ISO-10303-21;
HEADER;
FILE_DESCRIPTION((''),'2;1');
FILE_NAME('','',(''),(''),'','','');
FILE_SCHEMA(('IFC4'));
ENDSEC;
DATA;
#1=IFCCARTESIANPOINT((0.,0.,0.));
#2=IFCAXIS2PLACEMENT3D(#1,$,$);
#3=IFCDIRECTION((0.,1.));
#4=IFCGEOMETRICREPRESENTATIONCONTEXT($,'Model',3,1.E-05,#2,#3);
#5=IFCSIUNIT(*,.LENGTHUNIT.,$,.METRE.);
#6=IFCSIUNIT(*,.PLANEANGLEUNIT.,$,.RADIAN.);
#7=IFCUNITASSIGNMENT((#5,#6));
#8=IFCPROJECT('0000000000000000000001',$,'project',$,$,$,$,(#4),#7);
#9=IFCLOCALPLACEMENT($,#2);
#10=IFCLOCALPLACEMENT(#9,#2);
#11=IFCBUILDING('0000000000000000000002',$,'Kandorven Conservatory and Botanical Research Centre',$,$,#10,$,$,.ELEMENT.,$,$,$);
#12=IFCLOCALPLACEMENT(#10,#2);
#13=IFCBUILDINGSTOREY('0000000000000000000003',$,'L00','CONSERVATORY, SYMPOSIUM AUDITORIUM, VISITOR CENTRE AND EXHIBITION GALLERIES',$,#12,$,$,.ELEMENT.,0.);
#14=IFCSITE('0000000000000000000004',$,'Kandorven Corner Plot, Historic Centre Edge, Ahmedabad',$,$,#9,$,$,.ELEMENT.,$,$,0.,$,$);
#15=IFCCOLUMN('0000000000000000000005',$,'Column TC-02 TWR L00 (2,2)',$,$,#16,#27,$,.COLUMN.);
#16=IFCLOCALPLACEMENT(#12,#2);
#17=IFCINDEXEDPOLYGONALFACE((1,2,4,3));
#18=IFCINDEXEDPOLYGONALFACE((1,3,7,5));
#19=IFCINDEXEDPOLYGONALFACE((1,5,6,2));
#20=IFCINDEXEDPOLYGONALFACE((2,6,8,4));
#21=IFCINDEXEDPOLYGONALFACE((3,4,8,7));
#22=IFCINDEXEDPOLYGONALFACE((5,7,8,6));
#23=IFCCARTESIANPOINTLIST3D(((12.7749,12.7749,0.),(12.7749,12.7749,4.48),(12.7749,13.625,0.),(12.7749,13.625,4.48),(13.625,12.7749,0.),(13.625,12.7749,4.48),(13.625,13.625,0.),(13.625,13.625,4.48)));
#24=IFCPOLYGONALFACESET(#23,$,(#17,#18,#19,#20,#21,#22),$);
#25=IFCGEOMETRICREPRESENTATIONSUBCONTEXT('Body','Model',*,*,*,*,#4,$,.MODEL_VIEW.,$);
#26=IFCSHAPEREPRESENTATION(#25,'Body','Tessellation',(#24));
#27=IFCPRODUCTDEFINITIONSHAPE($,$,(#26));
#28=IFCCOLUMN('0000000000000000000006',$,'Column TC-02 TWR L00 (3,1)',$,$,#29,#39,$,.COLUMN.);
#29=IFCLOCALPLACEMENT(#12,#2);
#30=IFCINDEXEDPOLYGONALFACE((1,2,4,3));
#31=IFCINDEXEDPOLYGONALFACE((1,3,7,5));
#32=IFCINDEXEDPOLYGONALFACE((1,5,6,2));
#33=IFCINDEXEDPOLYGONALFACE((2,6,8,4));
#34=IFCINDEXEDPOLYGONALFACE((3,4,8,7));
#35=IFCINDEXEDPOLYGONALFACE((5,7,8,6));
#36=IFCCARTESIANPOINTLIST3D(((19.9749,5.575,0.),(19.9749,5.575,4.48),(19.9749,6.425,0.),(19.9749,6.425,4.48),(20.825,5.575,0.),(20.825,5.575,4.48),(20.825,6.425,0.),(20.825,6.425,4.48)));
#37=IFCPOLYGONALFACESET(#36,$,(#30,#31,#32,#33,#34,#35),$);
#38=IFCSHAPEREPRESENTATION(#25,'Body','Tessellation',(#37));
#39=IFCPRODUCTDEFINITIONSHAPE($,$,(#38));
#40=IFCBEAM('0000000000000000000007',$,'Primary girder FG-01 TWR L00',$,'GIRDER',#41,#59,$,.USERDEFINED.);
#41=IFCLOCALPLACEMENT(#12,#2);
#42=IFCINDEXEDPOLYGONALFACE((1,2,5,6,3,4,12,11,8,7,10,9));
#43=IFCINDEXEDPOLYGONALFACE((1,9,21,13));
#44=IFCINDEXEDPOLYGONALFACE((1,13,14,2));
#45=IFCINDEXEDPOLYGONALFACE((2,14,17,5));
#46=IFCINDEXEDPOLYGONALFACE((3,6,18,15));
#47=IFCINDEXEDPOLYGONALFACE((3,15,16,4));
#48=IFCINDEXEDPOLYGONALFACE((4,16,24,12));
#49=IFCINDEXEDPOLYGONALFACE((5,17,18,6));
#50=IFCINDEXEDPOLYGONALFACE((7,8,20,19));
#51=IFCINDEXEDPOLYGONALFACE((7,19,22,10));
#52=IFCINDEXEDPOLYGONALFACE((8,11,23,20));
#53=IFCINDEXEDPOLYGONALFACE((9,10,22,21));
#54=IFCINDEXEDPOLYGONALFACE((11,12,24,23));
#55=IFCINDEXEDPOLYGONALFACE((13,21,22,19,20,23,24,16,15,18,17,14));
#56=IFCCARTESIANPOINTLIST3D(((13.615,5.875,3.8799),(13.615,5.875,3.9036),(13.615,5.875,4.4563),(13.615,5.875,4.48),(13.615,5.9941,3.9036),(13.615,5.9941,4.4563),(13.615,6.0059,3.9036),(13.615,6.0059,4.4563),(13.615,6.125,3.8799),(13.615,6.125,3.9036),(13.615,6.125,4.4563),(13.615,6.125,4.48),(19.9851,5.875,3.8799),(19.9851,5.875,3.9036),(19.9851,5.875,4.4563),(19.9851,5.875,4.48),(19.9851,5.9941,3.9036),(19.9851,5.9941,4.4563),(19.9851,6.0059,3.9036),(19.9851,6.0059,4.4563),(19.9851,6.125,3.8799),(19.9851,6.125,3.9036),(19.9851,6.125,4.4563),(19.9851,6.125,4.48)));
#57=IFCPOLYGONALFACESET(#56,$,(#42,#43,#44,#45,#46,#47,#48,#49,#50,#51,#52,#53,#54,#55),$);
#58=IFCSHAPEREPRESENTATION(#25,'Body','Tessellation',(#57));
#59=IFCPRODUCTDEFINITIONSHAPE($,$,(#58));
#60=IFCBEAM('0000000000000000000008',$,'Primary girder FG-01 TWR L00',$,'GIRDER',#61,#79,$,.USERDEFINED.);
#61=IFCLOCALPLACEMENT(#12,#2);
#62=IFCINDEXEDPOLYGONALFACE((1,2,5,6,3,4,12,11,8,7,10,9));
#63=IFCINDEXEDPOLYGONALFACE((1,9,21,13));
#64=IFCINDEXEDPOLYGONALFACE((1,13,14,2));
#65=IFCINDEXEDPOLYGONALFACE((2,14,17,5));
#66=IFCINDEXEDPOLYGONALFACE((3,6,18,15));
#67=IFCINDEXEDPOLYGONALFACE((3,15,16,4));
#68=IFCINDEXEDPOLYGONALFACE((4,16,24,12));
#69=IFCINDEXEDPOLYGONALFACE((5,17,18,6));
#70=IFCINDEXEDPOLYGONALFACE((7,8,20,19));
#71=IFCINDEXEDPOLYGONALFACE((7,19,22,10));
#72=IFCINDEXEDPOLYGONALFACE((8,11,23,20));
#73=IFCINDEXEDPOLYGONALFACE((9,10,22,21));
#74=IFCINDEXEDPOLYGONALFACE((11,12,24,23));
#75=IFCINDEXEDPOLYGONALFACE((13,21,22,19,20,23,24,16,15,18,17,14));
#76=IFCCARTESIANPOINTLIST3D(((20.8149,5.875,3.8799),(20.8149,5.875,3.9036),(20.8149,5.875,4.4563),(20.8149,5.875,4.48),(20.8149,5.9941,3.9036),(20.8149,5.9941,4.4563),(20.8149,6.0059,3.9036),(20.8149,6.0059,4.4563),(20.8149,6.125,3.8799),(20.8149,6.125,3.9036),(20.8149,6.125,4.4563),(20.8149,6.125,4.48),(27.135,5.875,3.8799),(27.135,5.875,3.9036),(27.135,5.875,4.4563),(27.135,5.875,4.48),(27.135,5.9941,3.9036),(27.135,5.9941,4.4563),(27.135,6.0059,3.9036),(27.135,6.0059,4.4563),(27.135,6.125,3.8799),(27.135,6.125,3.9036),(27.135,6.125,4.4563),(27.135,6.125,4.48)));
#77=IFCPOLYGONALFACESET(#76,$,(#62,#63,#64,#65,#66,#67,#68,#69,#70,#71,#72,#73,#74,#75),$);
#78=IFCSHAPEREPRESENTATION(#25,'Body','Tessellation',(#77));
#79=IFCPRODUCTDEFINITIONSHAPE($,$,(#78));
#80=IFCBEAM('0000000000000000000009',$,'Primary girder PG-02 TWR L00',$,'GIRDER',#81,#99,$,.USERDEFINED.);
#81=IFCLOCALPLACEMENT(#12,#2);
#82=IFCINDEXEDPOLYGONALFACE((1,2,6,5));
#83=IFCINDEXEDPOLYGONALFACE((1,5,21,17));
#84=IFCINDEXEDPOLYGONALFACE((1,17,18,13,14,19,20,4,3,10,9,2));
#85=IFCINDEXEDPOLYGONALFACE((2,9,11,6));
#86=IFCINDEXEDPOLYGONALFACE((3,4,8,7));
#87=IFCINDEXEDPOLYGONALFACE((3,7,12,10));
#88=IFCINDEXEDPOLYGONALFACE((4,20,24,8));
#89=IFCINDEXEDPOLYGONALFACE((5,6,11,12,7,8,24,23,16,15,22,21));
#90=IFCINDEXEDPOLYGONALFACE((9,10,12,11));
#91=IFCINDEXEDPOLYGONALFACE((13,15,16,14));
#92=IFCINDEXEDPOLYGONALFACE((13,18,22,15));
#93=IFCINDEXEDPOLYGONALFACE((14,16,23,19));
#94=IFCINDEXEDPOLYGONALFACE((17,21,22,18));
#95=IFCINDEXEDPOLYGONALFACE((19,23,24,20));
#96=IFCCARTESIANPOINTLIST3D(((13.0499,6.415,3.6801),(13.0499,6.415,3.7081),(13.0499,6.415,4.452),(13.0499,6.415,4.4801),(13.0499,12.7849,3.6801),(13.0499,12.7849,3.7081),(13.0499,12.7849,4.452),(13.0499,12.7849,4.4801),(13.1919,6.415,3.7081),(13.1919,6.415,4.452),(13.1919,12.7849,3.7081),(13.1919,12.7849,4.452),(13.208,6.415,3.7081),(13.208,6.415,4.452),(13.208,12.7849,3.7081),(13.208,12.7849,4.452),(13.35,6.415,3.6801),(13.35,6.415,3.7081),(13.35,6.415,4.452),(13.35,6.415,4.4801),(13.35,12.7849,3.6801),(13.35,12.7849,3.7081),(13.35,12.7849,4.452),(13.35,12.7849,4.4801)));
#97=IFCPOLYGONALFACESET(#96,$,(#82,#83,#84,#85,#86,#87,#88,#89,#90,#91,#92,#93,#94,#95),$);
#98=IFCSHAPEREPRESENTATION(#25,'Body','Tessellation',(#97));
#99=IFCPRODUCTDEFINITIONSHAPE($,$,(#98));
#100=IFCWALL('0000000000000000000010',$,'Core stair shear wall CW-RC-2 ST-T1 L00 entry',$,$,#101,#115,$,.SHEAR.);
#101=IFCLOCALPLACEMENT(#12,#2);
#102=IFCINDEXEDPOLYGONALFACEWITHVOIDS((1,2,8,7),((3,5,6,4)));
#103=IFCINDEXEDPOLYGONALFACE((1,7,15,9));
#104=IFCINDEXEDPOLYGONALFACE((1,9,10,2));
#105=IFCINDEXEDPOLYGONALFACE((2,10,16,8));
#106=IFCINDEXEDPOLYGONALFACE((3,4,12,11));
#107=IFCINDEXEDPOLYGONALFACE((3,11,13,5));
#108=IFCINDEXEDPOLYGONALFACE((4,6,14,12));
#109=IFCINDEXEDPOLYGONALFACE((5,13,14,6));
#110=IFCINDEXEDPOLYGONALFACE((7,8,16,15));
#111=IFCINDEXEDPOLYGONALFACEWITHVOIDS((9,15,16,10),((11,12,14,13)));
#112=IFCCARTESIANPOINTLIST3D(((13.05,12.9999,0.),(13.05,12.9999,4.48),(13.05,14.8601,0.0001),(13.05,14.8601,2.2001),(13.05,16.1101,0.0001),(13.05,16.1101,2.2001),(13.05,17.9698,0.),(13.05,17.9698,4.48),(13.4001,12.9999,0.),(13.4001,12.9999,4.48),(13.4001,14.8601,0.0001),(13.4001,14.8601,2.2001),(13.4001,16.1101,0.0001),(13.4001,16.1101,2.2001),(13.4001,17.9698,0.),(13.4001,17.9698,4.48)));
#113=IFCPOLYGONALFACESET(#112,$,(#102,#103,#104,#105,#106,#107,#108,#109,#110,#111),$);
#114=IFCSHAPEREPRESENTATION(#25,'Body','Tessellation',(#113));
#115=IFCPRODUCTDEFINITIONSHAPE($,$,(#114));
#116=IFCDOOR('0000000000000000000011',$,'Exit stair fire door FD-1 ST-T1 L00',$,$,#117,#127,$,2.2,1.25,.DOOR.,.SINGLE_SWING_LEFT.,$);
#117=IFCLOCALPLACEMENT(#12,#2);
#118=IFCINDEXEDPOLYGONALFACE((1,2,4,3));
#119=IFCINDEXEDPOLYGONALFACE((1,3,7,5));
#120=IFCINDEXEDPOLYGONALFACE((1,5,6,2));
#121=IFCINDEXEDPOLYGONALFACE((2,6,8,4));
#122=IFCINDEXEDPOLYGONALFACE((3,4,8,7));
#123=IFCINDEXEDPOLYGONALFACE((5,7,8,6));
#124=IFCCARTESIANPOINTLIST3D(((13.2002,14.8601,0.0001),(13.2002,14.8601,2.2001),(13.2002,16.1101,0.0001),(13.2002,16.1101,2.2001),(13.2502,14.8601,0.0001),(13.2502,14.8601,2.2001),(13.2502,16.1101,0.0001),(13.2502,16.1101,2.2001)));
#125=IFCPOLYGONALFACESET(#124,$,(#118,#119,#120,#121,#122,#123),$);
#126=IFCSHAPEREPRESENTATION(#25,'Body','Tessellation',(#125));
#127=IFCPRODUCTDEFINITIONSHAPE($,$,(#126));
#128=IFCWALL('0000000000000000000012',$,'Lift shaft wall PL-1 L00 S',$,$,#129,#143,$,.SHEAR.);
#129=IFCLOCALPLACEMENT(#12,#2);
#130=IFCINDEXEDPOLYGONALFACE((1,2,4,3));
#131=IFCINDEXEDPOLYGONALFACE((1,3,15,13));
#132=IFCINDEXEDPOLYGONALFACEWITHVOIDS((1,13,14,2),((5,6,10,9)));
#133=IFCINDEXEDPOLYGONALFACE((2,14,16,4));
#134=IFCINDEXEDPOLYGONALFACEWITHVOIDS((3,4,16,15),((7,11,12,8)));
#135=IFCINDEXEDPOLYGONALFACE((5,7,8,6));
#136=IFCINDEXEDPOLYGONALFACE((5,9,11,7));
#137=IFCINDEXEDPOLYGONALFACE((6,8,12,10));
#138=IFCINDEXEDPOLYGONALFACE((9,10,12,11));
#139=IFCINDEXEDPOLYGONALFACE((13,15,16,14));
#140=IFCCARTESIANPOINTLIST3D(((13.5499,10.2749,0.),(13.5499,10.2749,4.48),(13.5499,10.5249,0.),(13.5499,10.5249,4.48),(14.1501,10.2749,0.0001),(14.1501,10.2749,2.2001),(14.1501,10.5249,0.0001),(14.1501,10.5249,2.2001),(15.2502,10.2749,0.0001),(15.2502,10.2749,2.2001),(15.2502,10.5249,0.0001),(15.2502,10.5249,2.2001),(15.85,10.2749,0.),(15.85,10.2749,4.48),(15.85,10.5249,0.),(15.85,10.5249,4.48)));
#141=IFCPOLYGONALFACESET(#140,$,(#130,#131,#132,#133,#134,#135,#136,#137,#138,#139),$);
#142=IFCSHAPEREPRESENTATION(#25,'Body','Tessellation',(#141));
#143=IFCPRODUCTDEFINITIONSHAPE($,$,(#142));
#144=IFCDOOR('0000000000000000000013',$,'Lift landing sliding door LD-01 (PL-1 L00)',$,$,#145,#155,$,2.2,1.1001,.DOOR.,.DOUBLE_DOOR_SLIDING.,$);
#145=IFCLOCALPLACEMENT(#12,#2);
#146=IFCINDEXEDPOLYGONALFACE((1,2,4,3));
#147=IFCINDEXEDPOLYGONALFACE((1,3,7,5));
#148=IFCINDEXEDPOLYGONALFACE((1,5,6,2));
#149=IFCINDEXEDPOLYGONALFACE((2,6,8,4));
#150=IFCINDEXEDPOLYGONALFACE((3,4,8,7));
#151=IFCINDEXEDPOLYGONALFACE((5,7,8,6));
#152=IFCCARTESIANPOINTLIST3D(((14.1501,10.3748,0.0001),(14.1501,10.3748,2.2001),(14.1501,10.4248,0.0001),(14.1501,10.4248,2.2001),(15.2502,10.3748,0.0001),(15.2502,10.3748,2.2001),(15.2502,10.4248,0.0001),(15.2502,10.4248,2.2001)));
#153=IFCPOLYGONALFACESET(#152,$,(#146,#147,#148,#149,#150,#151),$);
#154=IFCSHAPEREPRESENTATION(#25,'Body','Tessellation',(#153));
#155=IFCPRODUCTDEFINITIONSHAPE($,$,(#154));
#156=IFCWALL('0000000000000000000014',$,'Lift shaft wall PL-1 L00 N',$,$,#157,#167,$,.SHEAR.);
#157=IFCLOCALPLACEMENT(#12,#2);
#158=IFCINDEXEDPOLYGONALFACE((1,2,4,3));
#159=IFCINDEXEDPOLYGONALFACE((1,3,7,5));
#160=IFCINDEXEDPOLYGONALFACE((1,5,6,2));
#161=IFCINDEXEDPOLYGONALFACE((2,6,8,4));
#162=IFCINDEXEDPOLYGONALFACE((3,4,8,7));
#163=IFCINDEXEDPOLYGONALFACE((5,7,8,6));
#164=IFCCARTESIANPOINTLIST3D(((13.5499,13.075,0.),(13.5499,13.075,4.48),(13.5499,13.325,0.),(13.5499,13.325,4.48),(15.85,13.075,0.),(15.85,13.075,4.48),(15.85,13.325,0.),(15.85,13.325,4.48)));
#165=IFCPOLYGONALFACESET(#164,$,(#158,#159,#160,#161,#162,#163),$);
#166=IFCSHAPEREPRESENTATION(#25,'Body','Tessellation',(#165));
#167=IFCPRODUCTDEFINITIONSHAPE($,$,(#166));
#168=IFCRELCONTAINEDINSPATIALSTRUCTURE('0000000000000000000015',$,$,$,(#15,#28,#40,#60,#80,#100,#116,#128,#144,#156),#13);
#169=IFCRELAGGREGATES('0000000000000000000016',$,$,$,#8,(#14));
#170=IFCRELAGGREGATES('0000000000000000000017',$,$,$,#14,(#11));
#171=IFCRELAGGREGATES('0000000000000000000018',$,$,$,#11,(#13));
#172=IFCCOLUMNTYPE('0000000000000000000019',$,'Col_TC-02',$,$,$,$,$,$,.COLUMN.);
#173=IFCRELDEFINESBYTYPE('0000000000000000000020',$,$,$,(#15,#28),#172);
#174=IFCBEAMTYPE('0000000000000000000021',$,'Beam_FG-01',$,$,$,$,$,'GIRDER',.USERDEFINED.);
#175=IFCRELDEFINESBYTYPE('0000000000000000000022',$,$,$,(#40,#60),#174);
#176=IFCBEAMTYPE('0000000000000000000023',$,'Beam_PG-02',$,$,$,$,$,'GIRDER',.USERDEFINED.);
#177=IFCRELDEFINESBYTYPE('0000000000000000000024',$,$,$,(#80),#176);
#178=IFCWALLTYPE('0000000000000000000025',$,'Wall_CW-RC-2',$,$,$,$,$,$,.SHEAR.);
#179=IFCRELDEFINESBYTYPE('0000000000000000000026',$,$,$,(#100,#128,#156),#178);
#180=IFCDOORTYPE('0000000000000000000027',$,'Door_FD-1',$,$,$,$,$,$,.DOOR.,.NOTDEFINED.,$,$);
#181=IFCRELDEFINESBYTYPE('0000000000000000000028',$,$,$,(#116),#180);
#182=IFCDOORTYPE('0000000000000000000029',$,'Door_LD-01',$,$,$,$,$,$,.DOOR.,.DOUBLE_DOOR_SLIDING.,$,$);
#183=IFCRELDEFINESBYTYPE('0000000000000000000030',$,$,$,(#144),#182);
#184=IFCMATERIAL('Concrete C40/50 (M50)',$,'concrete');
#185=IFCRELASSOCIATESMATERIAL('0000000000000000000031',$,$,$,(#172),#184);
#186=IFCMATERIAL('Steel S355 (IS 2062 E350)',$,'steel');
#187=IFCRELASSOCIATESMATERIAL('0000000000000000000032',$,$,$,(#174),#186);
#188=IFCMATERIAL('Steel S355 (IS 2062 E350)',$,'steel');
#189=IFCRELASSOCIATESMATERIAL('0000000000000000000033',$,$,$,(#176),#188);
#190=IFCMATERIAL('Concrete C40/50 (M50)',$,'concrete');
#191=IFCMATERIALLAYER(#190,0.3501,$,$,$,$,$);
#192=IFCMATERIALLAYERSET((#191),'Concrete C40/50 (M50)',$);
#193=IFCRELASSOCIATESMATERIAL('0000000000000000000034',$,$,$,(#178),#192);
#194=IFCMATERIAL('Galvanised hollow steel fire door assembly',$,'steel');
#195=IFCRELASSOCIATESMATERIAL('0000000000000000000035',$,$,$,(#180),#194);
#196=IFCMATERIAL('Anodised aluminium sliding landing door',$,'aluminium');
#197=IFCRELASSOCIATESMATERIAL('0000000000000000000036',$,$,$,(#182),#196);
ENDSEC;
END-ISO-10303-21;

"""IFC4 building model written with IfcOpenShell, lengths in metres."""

from ifc_helpers import new_model, si_unit, direction, frame, frame_2d, origin, origin_2d, place, context, subcontext, project, spatial, rectangle, i_section, extrude, material, layer, layer_set, material_profile, profile_set, type_object, element, fill, save


model = new_model("IFC4")

# Units and contexts
model_context = context("Model", 3, precision=1e-05, world=origin(), true_north=direction((0.0, 1.0)))
body_context = subcontext(model_context, "Body", "Model", "MODEL_VIEW")
ifc_project = project(units=[si_unit("LENGTHUNIT", "METRE"), si_unit("PLANEANGLEUNIT", "RADIAN")], contexts=[model_context])

# Site, building, storey
site_placement = place(None, origin())
site = spatial("IfcSite", under=ifc_project, at=site_placement, Name="Kandorven Corner Plot, Historic Centre Edge, Ahmedabad", CompositionType="ELEMENT", RefElevation=0.0)
building_placement = place(site_placement, origin())
building = spatial("IfcBuilding", under=site, at=building_placement, Name="Kandorven Conservatory and Botanical Research Centre", CompositionType="ELEMENT")
storey_placement = place(building_placement, origin())
storey = spatial("IfcBuildingStorey", under=building, at=storey_placement, Name="L00", Description="CONSERVATORY, SYMPOSIUM AUDITORIUM, VISITOR CENTRE AND EXHIBITION GALLERIES", CompositionType="ELEMENT", Elevation=0.0)

# Columns
ifc_material_1 = material(Name="Concrete C40/50 (M50)", Category="concrete")
ifc_material_profile_1 = material_profile(ifc_material_1, rectangle(XDim=0.8501, YDim=0.8501, at=origin_2d()))
ifc_profile_set_1 = profile_set([ifc_material_profile_1], Name="Concrete C40/50 (M50)")
column_type = type_object("IfcColumnType", Name="Col_TC-02", PredefinedType="COLUMN", material=ifc_profile_set_1)
for number, where, z_axis, x_axis, name in (
    (1, (13.2, 13.2, 0.0), (0.0, 0.0, 1.0), (1.0, 0.0, 0.0), "Column TC-02 TWR L00 (2,2)"),
    (2, (20.3999, 6.0, 0.0), (0.0, 0.0, 1.0), (1.0, 0.0, 0.0), "Column TC-02 TWR L00 (3,1)"),
):
    element("IfcColumn", number, at=place(storey_placement, frame(where, z_axis=z_axis, x_axis=x_axis)), inside=storey, type_object=column_type, Name=name, PredefinedType="COLUMN", context=body_context, shape_type="SweptSolid", body=[
        extrude(rectangle(XDim=0.8501, YDim=0.8501, at=origin_2d()), origin(), (0.0, 0.0, 1.0), 4.48),
    ])

# Beams
ifc_material_2 = material(Name="Steel S355 (IS 2062 E350)", Category="steel")
ifc_material_profile_2 = material_profile(ifc_material_2, i_section(OverallWidth=0.25, OverallDepth=0.6001, WebThickness=0.0117, FlangeThickness=0.0237, at=origin_2d()))
ifc_profile_set_2 = profile_set([ifc_material_profile_2], Name="Steel S355 (IS 2062 E350)")
beam_type_1 = type_object("IfcBeamType", Name="Beam_FG-01", ElementType="GIRDER", PredefinedType="USERDEFINED", material=ifc_profile_set_2)
beam_1_placement = place(storey_placement, frame((13.615, 6.0, 4.1799), z_axis=(1.0, 0.0, 0.0), x_axis=(0.0, 1.0, 0.0)))
element("IfcBeam", 3, at=beam_1_placement, inside=storey, type_object=beam_type_1, Name="Primary girder FG-01 TWR L00", ObjectType="GIRDER", PredefinedType="USERDEFINED", context=body_context, shape_type="SweptSolid", body=[
    extrude(i_section(OverallWidth=0.25, OverallDepth=0.6001, WebThickness=0.0117, FlangeThickness=0.0237, at=origin_2d()), origin(), (0.0, 0.0, 1.0), 6.3701),
])
beam_2_placement = place(storey_placement, frame((20.8149, 6.0, 4.1799), z_axis=(1.0, 0.0, 0.0), x_axis=(0.0, 1.0, 0.0)))
element("IfcBeam", 4, at=beam_2_placement, inside=storey, type_object=beam_type_1, Name="Primary girder FG-01 TWR L00", ObjectType="GIRDER", PredefinedType="USERDEFINED", context=body_context, shape_type="SweptSolid", body=[
    extrude(i_section(OverallWidth=0.25, OverallDepth=0.6001, WebThickness=0.0117, FlangeThickness=0.0237, at=origin_2d()), origin(), (0.0, 0.0, 1.0), 6.3201),
])
ifc_material_3 = material(Name="Steel S355 (IS 2062 E350)", Category="steel")
ifc_material_profile_3 = material_profile(ifc_material_3, i_section(OverallWidth=0.3, OverallDepth=0.8, WebThickness=0.0161, FlangeThickness=0.0281, at=origin_2d()))
ifc_profile_set_3 = profile_set([ifc_material_profile_3], Name="Steel S355 (IS 2062 E350)")
beam_type_2 = type_object("IfcBeamType", Name="Beam_PG-02", ElementType="GIRDER", PredefinedType="USERDEFINED", material=ifc_profile_set_3)
beam_3_placement = place(storey_placement, frame((13.2, 6.415, 4.0801), z_axis=(0.0, 1.0, 0.0), x_axis=(-1.0, 0.0, 0.0)))
element("IfcBeam", 5, at=beam_3_placement, inside=storey, type_object=beam_type_2, Name="Primary girder PG-02 TWR L00", ObjectType="GIRDER", PredefinedType="USERDEFINED", context=body_context, shape_type="SweptSolid", body=[
    extrude(i_section(OverallWidth=0.3, OverallDepth=0.8, WebThickness=0.0161, FlangeThickness=0.0281, at=origin_2d()), origin(), (0.0, 0.0, 1.0), 6.3699),
])

# Walls, openings, doors
ifc_material_4 = material(Name="Concrete C40/50 (M50)", Category="concrete")
ifc_layer_1 = layer(ifc_material_4, 0.3501)
ifc_layer_set_1 = layer_set([ifc_layer_1], Name="Concrete C40/50 (M50)")
wall_type_1 = type_object("IfcWallType", Name="Wall_CW-RC-2", PredefinedType="SHEAR", material=ifc_layer_set_1)
wall_1_placement = place(storey_placement, frame((13.2251, 13.0, 0.0), z_axis=(0.0, 0.0, 1.0), x_axis=(0.0, 1.0, 0.0)))
wall_1 = element("IfcWall", 6, at=wall_1_placement, inside=storey, type_object=wall_type_1, Name="Core stair shear wall CW-RC-2 ST-T1 L00 entry", PredefinedType="SHEAR", context=body_context, shape_type="SweptSolid", body=[
    extrude(rectangle(XDim=4.97, YDim=0.3501, at=frame_2d((2.4849, 0.0))), origin(), (0.0, 0.0, 1.0), 4.48),
])
opening_1_placement = place(wall_1_placement, frame((1.8601, 0.0, 0.0)))
opening_1 = element("IfcOpeningElement", 7, at=opening_1_placement, cuts=wall_1, PredefinedType="OPENING", context=body_context, shape_type="SweptSolid", body=[
    extrude(rectangle(XDim=1.25, YDim=2.2, at=frame_2d((0.625, 1.1001))), frame((0.0, 0.1851, 0.0), z_axis=(0.0, -1.0, 0.0), x_axis=(1.0, 0.0, 0.0)), (0.0, 0.0, 1.0), 0.3701),
])
ifc_material_5 = material(Name="Galvanised hollow steel fire door assembly", Category="steel")
door_type_1 = type_object("IfcDoorType", Name="Door_FD-1", OperationType="NOTDEFINED", PredefinedType="DOOR", material=ifc_material_5)
door_1_placement = place(opening_1_placement, origin())
door_1 = element("IfcDoor", 8, at=door_1_placement, inside=storey, type_object=door_type_1, Name="Exit stair fire door FD-1 ST-T1 L00", OperationType="SINGLE_SWING_LEFT", OverallHeight=2.2, OverallWidth=1.25, PredefinedType="DOOR", context=body_context, shape_type="SweptSolid", body=[
    extrude(rectangle(XDim=1.25, YDim=2.2, at=frame_2d((0.625, 1.1001))), frame((0.0, 0.0249, 0.0), z_axis=(0.0, -1.0, 0.0), x_axis=(1.0, 0.0, 0.0)), (0.0, 0.0, 1.0), 0.05),
])
fill(opening_1, door_1)
wall_2_placement = place(storey_placement, frame((13.55, 10.3999, 0.0), z_axis=(0.0, 0.0, 1.0), x_axis=(1.0, 0.0, 0.0)))
wall_2 = element("IfcWall", 9, at=wall_2_placement, inside=storey, type_object=wall_type_1, Name="Lift shaft wall PL-1 L00 S", PredefinedType="SHEAR", context=body_context, shape_type="SweptSolid", body=[
    extrude(rectangle(XDim=2.3, YDim=0.25, at=frame_2d((1.1499, 0.0))), origin(), (0.0, 0.0, 1.0), 4.48),
])
opening_2_placement = place(wall_2_placement, frame((0.6001, 0.0, 0.0)))
opening_2 = element("IfcOpeningElement", 10, at=opening_2_placement, cuts=wall_2, PredefinedType="OPENING", context=body_context, shape_type="SweptSolid", body=[
    extrude(rectangle(XDim=1.1001, YDim=2.2, at=frame_2d((0.55, 1.1001))), frame((0.0, 0.135, 0.0), z_axis=(0.0, -1.0, 0.0), x_axis=(1.0, 0.0, 0.0)), (0.0, 0.0, 1.0), 0.27),
])
ifc_material_6 = material(Name="Anodised aluminium sliding landing door", Category="aluminium")
door_type_2 = type_object("IfcDoorType", Name="Door_LD-01", OperationType="DOUBLE_DOOR_SLIDING", PredefinedType="DOOR", material=ifc_material_6)
door_2_placement = place(opening_2_placement, origin())
door_2 = element("IfcDoor", 11, at=door_2_placement, inside=storey, type_object=door_type_2, Name="Lift landing sliding door LD-01 (PL-1 L00)", OperationType="DOUBLE_DOOR_SLIDING", OverallHeight=2.2, OverallWidth=1.1001, PredefinedType="DOOR", context=body_context, shape_type="SweptSolid", body=[
    extrude(rectangle(XDim=1.1001, YDim=2.2, at=frame_2d((0.55, 1.1001))), frame((0.0, 0.0249, 0.0), z_axis=(0.0, -1.0, 0.0), x_axis=(1.0, 0.0, 0.0)), (0.0, 0.0, 1.0), 0.05),
])
fill(opening_2, door_2)

# Wall
wall_3_placement = place(storey_placement, frame((13.55, 13.2, 0.0), z_axis=(0.0, 0.0, 1.0), x_axis=(1.0, 0.0, 0.0)))
element("IfcWall", 12, at=wall_3_placement, inside=storey, type_object=wall_type_1, Name="Lift shaft wall PL-1 L00 N", PredefinedType="SHEAR", context=body_context, shape_type="SweptSolid", body=[
    extrude(rectangle(XDim=2.3, YDim=0.25, at=frame_2d((1.1499, 0.0))), origin(), (0.0, 0.0, 1.0), 4.48),
])

save(model, "model.ifc")
